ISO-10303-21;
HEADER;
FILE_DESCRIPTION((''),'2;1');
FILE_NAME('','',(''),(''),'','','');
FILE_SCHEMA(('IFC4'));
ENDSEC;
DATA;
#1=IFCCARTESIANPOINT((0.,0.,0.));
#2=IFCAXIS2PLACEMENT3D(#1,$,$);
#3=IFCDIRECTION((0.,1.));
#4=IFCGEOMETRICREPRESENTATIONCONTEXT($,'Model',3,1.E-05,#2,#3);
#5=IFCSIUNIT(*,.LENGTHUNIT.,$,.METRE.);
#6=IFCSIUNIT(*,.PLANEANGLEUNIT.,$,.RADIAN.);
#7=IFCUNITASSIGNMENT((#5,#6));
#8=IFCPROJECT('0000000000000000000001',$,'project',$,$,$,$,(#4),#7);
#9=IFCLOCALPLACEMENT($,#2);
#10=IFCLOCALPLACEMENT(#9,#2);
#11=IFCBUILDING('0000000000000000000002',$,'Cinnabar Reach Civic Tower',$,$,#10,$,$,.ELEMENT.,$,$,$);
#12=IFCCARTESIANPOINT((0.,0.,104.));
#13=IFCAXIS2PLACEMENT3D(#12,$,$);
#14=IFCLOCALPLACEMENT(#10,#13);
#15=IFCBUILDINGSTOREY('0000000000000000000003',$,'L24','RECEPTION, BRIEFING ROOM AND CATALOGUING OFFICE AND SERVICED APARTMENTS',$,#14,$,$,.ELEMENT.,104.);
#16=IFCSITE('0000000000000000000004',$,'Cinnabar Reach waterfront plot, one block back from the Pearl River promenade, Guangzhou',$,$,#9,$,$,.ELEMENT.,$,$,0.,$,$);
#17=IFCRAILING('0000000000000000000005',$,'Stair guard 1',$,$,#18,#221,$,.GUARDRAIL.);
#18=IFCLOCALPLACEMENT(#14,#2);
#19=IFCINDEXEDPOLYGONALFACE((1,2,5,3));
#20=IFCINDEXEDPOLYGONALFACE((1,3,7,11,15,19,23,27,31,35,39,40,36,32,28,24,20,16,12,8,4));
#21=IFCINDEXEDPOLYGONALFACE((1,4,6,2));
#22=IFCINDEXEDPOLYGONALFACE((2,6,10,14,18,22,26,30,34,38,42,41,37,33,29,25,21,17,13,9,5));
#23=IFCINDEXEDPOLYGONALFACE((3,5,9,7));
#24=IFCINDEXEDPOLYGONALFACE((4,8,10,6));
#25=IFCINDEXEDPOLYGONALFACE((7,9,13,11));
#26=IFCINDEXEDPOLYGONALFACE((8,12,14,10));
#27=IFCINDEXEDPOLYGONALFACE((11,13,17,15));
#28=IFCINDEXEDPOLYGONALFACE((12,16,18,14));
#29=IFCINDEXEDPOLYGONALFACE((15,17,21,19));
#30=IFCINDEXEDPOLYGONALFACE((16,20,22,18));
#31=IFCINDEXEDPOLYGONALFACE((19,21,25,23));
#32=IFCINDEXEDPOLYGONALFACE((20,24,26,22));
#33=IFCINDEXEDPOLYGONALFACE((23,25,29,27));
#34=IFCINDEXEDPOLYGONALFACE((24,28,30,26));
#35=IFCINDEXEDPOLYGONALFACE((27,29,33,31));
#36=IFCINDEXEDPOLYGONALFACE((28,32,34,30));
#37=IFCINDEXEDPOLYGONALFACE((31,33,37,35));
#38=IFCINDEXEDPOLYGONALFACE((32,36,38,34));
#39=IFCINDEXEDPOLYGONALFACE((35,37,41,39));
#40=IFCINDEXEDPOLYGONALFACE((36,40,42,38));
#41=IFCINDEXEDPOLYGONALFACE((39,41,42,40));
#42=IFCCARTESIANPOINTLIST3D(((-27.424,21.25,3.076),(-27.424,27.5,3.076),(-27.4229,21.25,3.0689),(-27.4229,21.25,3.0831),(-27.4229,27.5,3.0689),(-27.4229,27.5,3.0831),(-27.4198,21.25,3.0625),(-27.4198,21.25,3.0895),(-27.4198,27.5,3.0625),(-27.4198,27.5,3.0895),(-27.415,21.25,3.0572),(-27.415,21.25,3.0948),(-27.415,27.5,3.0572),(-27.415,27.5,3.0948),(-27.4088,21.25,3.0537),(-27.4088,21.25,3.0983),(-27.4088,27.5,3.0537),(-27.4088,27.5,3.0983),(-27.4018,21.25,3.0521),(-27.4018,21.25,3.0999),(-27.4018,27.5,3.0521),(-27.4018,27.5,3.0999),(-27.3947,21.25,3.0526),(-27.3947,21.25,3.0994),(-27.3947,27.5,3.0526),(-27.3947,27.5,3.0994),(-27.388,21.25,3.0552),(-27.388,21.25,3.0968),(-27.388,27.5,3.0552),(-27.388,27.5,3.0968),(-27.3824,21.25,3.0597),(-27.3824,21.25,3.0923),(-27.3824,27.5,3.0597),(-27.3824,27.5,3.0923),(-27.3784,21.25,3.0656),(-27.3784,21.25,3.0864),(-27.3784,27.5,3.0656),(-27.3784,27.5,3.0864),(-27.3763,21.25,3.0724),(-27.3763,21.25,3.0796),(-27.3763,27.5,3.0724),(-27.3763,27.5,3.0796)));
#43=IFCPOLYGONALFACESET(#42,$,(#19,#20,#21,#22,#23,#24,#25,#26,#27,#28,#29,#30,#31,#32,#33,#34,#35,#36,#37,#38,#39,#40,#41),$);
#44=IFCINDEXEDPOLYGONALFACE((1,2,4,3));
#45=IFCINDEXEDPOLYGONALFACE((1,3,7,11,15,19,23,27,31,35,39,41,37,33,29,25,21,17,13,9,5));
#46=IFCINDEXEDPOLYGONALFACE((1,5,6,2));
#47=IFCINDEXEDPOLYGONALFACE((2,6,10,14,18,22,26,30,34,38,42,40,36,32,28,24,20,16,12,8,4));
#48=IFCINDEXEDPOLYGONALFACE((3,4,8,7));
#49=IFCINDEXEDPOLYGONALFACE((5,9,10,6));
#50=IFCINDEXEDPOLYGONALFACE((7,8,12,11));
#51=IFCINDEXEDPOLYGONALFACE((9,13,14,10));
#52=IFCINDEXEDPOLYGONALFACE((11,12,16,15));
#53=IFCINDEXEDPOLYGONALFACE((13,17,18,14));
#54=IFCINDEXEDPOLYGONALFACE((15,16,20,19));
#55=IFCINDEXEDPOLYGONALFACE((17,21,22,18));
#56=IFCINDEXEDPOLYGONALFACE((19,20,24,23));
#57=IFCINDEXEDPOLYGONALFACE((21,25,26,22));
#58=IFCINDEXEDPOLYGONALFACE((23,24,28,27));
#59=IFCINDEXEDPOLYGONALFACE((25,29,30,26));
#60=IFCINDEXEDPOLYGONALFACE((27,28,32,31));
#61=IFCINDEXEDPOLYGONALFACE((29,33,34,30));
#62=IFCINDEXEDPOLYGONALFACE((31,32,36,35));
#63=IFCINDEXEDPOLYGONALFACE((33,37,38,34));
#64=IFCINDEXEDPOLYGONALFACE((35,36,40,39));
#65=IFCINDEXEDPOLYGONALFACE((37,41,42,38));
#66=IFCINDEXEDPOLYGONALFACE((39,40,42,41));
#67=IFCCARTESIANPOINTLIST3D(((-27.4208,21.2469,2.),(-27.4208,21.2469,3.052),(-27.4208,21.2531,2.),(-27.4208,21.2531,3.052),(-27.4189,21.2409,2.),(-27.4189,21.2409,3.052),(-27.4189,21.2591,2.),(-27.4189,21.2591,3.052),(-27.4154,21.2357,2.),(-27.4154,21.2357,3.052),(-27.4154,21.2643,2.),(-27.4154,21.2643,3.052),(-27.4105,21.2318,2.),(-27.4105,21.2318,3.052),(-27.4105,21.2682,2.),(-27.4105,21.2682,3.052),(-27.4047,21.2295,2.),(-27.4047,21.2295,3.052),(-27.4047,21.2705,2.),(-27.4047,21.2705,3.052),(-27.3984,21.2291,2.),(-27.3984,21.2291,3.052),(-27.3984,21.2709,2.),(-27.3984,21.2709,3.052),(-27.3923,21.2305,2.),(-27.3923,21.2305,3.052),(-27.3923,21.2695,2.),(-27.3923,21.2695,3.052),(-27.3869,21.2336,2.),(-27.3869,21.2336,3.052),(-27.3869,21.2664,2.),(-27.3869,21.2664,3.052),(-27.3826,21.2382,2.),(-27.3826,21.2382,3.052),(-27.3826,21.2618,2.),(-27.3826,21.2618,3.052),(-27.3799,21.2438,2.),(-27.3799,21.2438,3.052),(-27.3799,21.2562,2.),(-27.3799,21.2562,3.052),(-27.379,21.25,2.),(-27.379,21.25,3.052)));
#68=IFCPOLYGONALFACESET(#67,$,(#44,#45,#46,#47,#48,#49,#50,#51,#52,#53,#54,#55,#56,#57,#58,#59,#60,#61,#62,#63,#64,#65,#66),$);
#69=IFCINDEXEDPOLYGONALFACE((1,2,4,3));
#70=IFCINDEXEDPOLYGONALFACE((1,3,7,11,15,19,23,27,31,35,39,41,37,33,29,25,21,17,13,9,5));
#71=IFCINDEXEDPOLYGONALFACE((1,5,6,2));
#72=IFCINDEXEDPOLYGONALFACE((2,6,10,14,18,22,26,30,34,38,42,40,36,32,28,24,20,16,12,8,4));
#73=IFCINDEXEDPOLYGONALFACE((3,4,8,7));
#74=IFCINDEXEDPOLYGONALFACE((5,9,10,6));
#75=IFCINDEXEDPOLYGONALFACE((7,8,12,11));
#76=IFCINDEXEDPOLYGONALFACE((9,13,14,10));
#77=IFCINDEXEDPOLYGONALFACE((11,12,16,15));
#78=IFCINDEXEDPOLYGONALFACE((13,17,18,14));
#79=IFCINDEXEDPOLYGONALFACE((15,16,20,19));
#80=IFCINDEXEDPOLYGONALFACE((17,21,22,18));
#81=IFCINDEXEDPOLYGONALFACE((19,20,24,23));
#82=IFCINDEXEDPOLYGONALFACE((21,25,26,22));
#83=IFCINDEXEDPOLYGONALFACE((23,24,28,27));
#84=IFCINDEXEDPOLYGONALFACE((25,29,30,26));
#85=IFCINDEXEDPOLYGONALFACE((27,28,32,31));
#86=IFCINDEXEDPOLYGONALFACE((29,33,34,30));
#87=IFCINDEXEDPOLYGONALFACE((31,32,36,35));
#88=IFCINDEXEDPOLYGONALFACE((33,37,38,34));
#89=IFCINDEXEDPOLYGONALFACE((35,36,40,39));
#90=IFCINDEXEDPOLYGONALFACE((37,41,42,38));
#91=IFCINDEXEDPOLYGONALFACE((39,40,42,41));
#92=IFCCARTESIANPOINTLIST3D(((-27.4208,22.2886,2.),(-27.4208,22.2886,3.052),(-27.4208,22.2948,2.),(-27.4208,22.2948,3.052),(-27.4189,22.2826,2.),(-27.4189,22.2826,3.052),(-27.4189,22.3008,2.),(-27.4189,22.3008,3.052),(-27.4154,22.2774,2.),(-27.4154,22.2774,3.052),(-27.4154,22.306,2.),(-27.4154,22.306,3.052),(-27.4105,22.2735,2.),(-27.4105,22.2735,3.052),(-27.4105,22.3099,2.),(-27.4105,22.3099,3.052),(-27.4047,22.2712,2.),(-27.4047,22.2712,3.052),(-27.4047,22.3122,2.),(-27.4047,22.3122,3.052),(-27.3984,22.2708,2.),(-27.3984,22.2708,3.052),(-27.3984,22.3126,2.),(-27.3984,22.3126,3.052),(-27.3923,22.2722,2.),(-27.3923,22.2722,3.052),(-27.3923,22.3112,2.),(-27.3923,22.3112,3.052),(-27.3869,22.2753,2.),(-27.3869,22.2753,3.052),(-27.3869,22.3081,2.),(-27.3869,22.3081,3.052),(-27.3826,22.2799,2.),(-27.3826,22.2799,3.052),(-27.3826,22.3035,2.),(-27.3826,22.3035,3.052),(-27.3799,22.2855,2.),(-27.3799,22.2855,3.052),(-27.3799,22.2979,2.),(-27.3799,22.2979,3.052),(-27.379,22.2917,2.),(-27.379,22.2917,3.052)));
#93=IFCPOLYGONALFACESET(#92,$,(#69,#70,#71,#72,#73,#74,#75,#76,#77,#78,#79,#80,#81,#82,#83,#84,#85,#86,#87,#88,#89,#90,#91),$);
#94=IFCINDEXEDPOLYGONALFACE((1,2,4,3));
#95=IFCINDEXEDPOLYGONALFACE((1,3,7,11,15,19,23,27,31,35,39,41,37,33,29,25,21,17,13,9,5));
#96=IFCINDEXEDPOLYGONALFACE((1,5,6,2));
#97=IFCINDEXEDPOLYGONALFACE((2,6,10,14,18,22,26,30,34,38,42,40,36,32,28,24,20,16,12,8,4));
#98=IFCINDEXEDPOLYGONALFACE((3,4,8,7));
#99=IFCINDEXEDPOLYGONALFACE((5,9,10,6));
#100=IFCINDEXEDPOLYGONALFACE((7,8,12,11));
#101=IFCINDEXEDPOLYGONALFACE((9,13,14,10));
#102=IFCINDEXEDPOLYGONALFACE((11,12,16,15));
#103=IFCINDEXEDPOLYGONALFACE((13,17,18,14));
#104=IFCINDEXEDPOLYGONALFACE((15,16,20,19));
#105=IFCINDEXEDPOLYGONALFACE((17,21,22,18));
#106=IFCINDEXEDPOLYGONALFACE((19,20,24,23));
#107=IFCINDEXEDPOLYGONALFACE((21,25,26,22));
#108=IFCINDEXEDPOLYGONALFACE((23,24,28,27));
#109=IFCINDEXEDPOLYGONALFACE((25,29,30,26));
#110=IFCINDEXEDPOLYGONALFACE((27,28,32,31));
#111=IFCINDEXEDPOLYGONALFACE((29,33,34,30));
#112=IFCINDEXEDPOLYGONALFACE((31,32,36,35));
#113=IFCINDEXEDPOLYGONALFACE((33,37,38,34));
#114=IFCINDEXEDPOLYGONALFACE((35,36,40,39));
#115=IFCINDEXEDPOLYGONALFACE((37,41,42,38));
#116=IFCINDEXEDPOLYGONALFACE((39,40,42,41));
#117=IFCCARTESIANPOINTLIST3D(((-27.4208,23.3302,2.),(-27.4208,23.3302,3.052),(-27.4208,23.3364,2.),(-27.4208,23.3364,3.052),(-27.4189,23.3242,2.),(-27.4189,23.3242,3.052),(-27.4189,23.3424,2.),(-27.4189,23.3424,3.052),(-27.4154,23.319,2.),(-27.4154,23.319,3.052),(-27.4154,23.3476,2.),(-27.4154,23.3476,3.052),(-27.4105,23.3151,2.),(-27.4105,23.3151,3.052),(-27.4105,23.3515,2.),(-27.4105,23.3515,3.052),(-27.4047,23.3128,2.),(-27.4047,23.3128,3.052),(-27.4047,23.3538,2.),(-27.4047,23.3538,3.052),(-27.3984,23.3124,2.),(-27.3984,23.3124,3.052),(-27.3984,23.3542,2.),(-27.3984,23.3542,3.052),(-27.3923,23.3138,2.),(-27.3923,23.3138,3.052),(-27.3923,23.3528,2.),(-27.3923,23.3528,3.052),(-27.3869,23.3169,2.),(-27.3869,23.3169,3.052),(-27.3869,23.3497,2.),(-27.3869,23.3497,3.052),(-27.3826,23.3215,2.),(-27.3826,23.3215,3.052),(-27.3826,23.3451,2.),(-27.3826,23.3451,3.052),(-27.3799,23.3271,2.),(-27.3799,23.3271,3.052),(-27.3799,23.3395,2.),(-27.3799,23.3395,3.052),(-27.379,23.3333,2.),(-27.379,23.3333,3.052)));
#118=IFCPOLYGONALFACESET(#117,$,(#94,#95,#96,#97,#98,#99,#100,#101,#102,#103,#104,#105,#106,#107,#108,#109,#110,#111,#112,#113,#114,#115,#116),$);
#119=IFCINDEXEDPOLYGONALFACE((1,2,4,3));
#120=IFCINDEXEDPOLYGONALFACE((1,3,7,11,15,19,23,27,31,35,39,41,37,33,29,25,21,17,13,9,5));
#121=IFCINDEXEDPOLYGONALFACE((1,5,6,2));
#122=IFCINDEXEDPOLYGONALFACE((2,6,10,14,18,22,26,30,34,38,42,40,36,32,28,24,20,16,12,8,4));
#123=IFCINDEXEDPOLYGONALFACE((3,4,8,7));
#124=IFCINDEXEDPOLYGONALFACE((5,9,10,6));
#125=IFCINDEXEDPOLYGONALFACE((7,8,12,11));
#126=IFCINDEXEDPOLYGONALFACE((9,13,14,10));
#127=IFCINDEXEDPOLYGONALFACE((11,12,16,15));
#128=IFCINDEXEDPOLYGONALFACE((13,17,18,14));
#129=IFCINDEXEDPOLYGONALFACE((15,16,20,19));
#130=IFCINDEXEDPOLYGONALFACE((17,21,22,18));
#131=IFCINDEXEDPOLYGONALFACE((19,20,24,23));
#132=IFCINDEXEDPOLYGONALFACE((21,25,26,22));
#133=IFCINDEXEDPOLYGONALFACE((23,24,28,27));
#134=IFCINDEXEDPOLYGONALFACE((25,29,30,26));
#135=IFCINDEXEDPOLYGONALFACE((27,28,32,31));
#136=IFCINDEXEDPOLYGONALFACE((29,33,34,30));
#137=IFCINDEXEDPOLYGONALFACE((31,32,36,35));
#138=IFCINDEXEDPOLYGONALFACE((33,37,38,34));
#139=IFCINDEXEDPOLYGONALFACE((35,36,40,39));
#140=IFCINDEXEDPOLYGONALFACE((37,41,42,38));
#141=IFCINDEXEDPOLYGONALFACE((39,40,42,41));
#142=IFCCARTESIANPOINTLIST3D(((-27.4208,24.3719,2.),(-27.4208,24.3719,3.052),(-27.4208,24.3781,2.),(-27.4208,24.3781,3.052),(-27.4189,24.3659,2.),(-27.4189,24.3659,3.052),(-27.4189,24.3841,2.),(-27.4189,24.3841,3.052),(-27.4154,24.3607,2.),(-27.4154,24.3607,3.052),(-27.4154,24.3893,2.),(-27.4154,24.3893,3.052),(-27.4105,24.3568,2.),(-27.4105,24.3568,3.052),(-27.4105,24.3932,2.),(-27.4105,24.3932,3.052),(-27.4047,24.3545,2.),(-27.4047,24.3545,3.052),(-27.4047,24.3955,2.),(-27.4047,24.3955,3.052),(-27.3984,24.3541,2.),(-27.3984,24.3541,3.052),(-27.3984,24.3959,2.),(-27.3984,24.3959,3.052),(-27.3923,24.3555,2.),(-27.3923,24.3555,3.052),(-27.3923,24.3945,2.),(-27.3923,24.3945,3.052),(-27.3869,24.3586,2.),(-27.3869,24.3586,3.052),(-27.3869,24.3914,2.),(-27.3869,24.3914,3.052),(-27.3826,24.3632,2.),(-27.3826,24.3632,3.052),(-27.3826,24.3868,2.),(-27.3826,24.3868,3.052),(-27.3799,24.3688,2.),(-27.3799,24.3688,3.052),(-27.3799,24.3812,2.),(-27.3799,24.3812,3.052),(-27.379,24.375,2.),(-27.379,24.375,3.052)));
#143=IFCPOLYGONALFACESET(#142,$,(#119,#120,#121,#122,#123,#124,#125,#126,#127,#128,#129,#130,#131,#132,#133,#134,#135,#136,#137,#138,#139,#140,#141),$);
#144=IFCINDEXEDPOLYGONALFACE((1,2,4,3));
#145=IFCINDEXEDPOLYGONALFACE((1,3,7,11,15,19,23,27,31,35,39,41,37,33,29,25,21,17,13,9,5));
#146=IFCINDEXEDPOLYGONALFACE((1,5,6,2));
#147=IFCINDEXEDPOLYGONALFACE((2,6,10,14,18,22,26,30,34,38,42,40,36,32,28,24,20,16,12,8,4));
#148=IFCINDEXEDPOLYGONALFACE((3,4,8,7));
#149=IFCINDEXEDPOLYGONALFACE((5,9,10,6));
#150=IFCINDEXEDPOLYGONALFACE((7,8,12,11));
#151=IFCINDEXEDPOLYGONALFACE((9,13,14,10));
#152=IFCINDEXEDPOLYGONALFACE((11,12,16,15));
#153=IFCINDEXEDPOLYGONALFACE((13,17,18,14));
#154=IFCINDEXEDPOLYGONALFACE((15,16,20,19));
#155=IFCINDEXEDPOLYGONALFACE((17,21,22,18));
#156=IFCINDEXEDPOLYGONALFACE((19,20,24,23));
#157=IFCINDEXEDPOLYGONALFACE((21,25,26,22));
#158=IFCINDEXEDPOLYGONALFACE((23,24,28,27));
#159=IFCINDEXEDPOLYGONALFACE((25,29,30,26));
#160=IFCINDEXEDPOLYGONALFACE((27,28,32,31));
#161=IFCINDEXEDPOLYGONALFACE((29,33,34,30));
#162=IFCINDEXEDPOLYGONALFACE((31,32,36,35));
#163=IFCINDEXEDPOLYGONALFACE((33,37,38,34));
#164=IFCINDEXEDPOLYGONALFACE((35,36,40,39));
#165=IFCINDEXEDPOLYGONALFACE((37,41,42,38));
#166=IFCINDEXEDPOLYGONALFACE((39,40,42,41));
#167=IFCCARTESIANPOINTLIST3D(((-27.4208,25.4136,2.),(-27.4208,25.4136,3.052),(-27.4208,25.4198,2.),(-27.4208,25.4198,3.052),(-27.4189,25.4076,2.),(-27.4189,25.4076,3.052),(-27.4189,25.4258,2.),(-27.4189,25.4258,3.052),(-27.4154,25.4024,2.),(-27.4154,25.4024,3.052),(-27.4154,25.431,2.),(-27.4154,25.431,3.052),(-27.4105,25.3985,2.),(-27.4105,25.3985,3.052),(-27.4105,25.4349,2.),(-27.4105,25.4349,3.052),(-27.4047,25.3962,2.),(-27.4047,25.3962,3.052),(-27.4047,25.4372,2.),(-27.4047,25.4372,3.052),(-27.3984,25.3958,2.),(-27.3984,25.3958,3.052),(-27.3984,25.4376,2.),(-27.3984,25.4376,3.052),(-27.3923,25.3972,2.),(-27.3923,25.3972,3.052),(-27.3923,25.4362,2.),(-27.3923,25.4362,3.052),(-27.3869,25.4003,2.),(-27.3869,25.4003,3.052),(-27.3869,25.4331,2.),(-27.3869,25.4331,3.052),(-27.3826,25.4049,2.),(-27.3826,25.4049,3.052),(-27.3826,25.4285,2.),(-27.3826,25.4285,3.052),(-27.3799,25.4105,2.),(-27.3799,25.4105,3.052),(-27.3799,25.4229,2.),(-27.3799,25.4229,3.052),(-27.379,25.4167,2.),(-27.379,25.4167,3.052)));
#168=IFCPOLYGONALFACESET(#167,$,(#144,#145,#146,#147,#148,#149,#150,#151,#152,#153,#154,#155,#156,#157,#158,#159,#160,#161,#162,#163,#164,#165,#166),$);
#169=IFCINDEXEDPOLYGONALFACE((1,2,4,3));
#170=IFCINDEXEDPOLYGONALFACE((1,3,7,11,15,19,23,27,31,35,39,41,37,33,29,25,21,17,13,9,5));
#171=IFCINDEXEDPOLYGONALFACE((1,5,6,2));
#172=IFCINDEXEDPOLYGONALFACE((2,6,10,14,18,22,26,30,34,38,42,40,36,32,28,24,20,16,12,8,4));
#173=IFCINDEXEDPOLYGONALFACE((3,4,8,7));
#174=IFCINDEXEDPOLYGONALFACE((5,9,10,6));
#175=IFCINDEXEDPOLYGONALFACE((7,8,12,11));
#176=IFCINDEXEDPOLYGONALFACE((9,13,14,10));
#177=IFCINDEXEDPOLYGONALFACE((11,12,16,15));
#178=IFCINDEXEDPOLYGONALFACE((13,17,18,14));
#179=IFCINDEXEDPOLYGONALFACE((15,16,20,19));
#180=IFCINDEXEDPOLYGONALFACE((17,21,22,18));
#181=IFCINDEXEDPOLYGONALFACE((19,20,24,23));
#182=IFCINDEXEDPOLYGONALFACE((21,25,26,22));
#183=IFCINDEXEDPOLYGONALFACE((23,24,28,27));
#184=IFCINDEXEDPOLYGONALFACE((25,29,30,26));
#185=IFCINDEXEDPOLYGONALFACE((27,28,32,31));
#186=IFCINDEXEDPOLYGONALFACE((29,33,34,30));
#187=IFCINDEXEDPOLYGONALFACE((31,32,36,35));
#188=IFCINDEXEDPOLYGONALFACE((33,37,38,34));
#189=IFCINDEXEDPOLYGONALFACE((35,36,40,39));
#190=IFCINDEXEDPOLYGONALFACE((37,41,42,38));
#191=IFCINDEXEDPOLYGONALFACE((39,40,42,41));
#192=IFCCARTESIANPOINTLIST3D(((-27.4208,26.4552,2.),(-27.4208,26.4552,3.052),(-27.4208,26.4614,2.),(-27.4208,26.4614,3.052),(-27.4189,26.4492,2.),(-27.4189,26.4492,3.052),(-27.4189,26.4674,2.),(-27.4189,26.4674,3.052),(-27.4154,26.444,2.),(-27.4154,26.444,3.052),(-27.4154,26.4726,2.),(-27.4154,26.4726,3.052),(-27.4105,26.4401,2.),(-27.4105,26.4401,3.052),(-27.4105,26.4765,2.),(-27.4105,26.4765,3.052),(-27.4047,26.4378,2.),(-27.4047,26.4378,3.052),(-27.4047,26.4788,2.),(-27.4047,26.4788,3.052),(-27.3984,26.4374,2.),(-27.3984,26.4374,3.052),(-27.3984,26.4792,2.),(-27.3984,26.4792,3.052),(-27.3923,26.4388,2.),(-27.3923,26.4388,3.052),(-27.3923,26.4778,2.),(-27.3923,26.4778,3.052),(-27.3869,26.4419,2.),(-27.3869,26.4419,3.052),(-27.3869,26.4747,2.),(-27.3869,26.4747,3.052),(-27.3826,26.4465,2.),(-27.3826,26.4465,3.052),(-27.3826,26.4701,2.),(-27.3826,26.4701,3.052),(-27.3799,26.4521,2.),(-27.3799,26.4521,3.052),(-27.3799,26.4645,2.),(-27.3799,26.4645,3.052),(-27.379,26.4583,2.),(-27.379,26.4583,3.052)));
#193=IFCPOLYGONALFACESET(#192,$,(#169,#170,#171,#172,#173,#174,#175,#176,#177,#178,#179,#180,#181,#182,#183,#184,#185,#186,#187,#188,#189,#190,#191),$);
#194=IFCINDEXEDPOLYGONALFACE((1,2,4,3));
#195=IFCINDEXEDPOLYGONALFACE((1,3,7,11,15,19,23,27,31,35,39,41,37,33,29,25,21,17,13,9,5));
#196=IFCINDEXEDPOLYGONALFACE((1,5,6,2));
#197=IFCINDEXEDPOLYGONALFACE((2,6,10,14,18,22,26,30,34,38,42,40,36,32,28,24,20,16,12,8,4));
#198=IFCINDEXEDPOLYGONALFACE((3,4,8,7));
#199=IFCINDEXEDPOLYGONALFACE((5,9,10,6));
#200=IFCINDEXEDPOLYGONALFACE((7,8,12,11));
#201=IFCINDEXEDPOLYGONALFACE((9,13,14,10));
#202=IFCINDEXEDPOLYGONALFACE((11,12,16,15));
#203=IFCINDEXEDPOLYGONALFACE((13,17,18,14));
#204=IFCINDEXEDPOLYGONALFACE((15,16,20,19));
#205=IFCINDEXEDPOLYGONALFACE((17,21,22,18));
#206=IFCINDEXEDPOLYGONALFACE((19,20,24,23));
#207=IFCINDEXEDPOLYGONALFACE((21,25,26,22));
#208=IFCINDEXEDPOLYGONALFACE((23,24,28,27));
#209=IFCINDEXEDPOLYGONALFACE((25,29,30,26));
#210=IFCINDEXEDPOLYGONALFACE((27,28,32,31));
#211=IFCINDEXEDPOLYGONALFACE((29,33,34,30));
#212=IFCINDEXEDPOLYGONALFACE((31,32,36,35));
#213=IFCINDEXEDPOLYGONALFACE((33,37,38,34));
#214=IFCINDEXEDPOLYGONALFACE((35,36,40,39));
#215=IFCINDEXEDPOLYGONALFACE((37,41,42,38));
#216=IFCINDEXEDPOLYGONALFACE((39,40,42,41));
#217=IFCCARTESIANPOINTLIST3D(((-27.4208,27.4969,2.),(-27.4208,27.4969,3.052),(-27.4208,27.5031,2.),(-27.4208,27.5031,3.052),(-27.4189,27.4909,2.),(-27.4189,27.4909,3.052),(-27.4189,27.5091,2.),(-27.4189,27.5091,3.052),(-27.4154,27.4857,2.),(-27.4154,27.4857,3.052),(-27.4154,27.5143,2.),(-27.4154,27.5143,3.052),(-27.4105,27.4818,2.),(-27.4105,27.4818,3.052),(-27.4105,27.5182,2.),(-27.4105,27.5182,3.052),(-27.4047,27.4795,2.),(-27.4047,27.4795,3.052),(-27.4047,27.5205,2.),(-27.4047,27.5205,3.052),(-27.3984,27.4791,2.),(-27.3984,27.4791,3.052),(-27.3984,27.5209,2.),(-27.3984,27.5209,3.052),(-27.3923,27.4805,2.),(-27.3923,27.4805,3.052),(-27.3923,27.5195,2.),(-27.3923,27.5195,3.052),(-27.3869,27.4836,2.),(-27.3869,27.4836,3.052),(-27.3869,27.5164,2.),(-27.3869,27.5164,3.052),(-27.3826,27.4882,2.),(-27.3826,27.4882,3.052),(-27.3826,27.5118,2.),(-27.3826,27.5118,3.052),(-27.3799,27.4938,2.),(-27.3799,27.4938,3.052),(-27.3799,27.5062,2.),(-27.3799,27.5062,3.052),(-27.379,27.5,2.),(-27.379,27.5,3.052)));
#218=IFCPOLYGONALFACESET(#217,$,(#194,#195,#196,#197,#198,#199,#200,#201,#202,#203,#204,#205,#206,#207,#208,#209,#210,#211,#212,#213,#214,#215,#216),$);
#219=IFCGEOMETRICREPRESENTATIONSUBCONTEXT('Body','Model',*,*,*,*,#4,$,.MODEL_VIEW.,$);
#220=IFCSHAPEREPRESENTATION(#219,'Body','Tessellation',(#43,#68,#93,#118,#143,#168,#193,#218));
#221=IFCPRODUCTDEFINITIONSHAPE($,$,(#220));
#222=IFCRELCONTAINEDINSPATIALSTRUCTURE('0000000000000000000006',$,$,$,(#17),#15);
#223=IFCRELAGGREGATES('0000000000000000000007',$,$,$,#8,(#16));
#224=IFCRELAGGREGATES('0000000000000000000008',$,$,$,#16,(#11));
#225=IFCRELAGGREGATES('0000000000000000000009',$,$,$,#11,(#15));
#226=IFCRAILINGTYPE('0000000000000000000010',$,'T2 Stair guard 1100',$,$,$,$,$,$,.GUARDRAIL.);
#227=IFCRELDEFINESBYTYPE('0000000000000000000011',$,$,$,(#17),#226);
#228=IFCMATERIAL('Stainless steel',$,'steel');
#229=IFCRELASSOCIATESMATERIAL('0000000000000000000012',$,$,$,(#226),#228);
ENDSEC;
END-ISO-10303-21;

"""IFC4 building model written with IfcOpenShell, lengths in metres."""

from ifc_helpers import new_model, si_unit, direction, frame, origin, origin_2d, place, context, subcontext, project, spatial, circle, extrude, material, type_object, element, save


model = new_model("IFC4")

# Units and contexts
model_context = context("Model", 3, precision=1e-05, world=origin(), true_north=direction((0.0, 1.0)))
body_context = subcontext(model_context, "Body", "Model", "MODEL_VIEW")
ifc_project = project(units=[si_unit("LENGTHUNIT", "METRE"), si_unit("PLANEANGLEUNIT", "RADIAN")], contexts=[model_context])

# Site, building, storey
site_placement = place(None, origin())
site = spatial("IfcSite", under=ifc_project, at=site_placement, Name="Cinnabar Reach waterfront plot, one block back from the Pearl River promenade, Guangzhou", CompositionType="ELEMENT", RefElevation=0.0)
building_placement = place(site_placement, origin())
building = spatial("IfcBuilding", under=site, at=building_placement, Name="Cinnabar Reach Civic Tower", CompositionType="ELEMENT")
storey_placement = place(building_placement, frame((0.0, 0.0, 104.0)))
storey = spatial("IfcBuildingStorey", under=building, at=storey_placement, Name="L24", Description="RECEPTION, BRIEFING ROOM AND CATALOGUING OFFICE AND SERVICED APARTMENTS", CompositionType="ELEMENT", Elevation=104.0)

# Railing
ifc_material_1 = material(Name="Stainless steel", Category="steel")
railing_type_1 = type_object("IfcRailingType", Name="T2 Stair guard 1100", PredefinedType="GUARDRAIL", material=ifc_material_1)
railing_1_placement = place(storey_placement, frame((-27.4, 21.25, 2.0)))
element("IfcRailing", 1, at=railing_1_placement, inside=storey, type_object=railing_type_1, Name="Stair guard 1", PredefinedType="GUARDRAIL", context=body_context, shape_type="SweptSolid", body=[
    extrude(circle(Radius=0.024, at=origin_2d()), frame((0.0, 0.0, 1.076), z_axis=(0.0, 1.0, 0.0), x_axis=(-1.0, 0.0, 0.0)), (0.0, 0.0, 1.0), 6.25),
    extrude(circle(Radius=0.021, at=origin_2d()), origin(), (0.0, 0.0, 1.0), 1.052),
    extrude(circle(Radius=0.021, at=origin_2d()), frame((0.0, 1.0417, 0.0)), (0.0, 0.0, 1.0), 1.052),
    extrude(circle(Radius=0.021, at=origin_2d()), frame((0.0, 2.0833, 0.0)), (0.0, 0.0, 1.0), 1.052),
    extrude(circle(Radius=0.021, at=origin_2d()), frame((0.0, 3.125, 0.0)), (0.0, 0.0, 1.0), 1.052),
    extrude(circle(Radius=0.021, at=origin_2d()), frame((0.0, 4.1667, 0.0)), (0.0, 0.0, 1.0), 1.052),
    extrude(circle(Radius=0.021, at=origin_2d()), frame((0.0, 5.2083, 0.0)), (0.0, 0.0, 1.0), 1.052),
    extrude(circle(Radius=0.021, at=origin_2d()), frame((0.0, 6.25, 0.0)), (0.0, 0.0, 1.0), 1.052),
])

save(model, "model.ifc")
